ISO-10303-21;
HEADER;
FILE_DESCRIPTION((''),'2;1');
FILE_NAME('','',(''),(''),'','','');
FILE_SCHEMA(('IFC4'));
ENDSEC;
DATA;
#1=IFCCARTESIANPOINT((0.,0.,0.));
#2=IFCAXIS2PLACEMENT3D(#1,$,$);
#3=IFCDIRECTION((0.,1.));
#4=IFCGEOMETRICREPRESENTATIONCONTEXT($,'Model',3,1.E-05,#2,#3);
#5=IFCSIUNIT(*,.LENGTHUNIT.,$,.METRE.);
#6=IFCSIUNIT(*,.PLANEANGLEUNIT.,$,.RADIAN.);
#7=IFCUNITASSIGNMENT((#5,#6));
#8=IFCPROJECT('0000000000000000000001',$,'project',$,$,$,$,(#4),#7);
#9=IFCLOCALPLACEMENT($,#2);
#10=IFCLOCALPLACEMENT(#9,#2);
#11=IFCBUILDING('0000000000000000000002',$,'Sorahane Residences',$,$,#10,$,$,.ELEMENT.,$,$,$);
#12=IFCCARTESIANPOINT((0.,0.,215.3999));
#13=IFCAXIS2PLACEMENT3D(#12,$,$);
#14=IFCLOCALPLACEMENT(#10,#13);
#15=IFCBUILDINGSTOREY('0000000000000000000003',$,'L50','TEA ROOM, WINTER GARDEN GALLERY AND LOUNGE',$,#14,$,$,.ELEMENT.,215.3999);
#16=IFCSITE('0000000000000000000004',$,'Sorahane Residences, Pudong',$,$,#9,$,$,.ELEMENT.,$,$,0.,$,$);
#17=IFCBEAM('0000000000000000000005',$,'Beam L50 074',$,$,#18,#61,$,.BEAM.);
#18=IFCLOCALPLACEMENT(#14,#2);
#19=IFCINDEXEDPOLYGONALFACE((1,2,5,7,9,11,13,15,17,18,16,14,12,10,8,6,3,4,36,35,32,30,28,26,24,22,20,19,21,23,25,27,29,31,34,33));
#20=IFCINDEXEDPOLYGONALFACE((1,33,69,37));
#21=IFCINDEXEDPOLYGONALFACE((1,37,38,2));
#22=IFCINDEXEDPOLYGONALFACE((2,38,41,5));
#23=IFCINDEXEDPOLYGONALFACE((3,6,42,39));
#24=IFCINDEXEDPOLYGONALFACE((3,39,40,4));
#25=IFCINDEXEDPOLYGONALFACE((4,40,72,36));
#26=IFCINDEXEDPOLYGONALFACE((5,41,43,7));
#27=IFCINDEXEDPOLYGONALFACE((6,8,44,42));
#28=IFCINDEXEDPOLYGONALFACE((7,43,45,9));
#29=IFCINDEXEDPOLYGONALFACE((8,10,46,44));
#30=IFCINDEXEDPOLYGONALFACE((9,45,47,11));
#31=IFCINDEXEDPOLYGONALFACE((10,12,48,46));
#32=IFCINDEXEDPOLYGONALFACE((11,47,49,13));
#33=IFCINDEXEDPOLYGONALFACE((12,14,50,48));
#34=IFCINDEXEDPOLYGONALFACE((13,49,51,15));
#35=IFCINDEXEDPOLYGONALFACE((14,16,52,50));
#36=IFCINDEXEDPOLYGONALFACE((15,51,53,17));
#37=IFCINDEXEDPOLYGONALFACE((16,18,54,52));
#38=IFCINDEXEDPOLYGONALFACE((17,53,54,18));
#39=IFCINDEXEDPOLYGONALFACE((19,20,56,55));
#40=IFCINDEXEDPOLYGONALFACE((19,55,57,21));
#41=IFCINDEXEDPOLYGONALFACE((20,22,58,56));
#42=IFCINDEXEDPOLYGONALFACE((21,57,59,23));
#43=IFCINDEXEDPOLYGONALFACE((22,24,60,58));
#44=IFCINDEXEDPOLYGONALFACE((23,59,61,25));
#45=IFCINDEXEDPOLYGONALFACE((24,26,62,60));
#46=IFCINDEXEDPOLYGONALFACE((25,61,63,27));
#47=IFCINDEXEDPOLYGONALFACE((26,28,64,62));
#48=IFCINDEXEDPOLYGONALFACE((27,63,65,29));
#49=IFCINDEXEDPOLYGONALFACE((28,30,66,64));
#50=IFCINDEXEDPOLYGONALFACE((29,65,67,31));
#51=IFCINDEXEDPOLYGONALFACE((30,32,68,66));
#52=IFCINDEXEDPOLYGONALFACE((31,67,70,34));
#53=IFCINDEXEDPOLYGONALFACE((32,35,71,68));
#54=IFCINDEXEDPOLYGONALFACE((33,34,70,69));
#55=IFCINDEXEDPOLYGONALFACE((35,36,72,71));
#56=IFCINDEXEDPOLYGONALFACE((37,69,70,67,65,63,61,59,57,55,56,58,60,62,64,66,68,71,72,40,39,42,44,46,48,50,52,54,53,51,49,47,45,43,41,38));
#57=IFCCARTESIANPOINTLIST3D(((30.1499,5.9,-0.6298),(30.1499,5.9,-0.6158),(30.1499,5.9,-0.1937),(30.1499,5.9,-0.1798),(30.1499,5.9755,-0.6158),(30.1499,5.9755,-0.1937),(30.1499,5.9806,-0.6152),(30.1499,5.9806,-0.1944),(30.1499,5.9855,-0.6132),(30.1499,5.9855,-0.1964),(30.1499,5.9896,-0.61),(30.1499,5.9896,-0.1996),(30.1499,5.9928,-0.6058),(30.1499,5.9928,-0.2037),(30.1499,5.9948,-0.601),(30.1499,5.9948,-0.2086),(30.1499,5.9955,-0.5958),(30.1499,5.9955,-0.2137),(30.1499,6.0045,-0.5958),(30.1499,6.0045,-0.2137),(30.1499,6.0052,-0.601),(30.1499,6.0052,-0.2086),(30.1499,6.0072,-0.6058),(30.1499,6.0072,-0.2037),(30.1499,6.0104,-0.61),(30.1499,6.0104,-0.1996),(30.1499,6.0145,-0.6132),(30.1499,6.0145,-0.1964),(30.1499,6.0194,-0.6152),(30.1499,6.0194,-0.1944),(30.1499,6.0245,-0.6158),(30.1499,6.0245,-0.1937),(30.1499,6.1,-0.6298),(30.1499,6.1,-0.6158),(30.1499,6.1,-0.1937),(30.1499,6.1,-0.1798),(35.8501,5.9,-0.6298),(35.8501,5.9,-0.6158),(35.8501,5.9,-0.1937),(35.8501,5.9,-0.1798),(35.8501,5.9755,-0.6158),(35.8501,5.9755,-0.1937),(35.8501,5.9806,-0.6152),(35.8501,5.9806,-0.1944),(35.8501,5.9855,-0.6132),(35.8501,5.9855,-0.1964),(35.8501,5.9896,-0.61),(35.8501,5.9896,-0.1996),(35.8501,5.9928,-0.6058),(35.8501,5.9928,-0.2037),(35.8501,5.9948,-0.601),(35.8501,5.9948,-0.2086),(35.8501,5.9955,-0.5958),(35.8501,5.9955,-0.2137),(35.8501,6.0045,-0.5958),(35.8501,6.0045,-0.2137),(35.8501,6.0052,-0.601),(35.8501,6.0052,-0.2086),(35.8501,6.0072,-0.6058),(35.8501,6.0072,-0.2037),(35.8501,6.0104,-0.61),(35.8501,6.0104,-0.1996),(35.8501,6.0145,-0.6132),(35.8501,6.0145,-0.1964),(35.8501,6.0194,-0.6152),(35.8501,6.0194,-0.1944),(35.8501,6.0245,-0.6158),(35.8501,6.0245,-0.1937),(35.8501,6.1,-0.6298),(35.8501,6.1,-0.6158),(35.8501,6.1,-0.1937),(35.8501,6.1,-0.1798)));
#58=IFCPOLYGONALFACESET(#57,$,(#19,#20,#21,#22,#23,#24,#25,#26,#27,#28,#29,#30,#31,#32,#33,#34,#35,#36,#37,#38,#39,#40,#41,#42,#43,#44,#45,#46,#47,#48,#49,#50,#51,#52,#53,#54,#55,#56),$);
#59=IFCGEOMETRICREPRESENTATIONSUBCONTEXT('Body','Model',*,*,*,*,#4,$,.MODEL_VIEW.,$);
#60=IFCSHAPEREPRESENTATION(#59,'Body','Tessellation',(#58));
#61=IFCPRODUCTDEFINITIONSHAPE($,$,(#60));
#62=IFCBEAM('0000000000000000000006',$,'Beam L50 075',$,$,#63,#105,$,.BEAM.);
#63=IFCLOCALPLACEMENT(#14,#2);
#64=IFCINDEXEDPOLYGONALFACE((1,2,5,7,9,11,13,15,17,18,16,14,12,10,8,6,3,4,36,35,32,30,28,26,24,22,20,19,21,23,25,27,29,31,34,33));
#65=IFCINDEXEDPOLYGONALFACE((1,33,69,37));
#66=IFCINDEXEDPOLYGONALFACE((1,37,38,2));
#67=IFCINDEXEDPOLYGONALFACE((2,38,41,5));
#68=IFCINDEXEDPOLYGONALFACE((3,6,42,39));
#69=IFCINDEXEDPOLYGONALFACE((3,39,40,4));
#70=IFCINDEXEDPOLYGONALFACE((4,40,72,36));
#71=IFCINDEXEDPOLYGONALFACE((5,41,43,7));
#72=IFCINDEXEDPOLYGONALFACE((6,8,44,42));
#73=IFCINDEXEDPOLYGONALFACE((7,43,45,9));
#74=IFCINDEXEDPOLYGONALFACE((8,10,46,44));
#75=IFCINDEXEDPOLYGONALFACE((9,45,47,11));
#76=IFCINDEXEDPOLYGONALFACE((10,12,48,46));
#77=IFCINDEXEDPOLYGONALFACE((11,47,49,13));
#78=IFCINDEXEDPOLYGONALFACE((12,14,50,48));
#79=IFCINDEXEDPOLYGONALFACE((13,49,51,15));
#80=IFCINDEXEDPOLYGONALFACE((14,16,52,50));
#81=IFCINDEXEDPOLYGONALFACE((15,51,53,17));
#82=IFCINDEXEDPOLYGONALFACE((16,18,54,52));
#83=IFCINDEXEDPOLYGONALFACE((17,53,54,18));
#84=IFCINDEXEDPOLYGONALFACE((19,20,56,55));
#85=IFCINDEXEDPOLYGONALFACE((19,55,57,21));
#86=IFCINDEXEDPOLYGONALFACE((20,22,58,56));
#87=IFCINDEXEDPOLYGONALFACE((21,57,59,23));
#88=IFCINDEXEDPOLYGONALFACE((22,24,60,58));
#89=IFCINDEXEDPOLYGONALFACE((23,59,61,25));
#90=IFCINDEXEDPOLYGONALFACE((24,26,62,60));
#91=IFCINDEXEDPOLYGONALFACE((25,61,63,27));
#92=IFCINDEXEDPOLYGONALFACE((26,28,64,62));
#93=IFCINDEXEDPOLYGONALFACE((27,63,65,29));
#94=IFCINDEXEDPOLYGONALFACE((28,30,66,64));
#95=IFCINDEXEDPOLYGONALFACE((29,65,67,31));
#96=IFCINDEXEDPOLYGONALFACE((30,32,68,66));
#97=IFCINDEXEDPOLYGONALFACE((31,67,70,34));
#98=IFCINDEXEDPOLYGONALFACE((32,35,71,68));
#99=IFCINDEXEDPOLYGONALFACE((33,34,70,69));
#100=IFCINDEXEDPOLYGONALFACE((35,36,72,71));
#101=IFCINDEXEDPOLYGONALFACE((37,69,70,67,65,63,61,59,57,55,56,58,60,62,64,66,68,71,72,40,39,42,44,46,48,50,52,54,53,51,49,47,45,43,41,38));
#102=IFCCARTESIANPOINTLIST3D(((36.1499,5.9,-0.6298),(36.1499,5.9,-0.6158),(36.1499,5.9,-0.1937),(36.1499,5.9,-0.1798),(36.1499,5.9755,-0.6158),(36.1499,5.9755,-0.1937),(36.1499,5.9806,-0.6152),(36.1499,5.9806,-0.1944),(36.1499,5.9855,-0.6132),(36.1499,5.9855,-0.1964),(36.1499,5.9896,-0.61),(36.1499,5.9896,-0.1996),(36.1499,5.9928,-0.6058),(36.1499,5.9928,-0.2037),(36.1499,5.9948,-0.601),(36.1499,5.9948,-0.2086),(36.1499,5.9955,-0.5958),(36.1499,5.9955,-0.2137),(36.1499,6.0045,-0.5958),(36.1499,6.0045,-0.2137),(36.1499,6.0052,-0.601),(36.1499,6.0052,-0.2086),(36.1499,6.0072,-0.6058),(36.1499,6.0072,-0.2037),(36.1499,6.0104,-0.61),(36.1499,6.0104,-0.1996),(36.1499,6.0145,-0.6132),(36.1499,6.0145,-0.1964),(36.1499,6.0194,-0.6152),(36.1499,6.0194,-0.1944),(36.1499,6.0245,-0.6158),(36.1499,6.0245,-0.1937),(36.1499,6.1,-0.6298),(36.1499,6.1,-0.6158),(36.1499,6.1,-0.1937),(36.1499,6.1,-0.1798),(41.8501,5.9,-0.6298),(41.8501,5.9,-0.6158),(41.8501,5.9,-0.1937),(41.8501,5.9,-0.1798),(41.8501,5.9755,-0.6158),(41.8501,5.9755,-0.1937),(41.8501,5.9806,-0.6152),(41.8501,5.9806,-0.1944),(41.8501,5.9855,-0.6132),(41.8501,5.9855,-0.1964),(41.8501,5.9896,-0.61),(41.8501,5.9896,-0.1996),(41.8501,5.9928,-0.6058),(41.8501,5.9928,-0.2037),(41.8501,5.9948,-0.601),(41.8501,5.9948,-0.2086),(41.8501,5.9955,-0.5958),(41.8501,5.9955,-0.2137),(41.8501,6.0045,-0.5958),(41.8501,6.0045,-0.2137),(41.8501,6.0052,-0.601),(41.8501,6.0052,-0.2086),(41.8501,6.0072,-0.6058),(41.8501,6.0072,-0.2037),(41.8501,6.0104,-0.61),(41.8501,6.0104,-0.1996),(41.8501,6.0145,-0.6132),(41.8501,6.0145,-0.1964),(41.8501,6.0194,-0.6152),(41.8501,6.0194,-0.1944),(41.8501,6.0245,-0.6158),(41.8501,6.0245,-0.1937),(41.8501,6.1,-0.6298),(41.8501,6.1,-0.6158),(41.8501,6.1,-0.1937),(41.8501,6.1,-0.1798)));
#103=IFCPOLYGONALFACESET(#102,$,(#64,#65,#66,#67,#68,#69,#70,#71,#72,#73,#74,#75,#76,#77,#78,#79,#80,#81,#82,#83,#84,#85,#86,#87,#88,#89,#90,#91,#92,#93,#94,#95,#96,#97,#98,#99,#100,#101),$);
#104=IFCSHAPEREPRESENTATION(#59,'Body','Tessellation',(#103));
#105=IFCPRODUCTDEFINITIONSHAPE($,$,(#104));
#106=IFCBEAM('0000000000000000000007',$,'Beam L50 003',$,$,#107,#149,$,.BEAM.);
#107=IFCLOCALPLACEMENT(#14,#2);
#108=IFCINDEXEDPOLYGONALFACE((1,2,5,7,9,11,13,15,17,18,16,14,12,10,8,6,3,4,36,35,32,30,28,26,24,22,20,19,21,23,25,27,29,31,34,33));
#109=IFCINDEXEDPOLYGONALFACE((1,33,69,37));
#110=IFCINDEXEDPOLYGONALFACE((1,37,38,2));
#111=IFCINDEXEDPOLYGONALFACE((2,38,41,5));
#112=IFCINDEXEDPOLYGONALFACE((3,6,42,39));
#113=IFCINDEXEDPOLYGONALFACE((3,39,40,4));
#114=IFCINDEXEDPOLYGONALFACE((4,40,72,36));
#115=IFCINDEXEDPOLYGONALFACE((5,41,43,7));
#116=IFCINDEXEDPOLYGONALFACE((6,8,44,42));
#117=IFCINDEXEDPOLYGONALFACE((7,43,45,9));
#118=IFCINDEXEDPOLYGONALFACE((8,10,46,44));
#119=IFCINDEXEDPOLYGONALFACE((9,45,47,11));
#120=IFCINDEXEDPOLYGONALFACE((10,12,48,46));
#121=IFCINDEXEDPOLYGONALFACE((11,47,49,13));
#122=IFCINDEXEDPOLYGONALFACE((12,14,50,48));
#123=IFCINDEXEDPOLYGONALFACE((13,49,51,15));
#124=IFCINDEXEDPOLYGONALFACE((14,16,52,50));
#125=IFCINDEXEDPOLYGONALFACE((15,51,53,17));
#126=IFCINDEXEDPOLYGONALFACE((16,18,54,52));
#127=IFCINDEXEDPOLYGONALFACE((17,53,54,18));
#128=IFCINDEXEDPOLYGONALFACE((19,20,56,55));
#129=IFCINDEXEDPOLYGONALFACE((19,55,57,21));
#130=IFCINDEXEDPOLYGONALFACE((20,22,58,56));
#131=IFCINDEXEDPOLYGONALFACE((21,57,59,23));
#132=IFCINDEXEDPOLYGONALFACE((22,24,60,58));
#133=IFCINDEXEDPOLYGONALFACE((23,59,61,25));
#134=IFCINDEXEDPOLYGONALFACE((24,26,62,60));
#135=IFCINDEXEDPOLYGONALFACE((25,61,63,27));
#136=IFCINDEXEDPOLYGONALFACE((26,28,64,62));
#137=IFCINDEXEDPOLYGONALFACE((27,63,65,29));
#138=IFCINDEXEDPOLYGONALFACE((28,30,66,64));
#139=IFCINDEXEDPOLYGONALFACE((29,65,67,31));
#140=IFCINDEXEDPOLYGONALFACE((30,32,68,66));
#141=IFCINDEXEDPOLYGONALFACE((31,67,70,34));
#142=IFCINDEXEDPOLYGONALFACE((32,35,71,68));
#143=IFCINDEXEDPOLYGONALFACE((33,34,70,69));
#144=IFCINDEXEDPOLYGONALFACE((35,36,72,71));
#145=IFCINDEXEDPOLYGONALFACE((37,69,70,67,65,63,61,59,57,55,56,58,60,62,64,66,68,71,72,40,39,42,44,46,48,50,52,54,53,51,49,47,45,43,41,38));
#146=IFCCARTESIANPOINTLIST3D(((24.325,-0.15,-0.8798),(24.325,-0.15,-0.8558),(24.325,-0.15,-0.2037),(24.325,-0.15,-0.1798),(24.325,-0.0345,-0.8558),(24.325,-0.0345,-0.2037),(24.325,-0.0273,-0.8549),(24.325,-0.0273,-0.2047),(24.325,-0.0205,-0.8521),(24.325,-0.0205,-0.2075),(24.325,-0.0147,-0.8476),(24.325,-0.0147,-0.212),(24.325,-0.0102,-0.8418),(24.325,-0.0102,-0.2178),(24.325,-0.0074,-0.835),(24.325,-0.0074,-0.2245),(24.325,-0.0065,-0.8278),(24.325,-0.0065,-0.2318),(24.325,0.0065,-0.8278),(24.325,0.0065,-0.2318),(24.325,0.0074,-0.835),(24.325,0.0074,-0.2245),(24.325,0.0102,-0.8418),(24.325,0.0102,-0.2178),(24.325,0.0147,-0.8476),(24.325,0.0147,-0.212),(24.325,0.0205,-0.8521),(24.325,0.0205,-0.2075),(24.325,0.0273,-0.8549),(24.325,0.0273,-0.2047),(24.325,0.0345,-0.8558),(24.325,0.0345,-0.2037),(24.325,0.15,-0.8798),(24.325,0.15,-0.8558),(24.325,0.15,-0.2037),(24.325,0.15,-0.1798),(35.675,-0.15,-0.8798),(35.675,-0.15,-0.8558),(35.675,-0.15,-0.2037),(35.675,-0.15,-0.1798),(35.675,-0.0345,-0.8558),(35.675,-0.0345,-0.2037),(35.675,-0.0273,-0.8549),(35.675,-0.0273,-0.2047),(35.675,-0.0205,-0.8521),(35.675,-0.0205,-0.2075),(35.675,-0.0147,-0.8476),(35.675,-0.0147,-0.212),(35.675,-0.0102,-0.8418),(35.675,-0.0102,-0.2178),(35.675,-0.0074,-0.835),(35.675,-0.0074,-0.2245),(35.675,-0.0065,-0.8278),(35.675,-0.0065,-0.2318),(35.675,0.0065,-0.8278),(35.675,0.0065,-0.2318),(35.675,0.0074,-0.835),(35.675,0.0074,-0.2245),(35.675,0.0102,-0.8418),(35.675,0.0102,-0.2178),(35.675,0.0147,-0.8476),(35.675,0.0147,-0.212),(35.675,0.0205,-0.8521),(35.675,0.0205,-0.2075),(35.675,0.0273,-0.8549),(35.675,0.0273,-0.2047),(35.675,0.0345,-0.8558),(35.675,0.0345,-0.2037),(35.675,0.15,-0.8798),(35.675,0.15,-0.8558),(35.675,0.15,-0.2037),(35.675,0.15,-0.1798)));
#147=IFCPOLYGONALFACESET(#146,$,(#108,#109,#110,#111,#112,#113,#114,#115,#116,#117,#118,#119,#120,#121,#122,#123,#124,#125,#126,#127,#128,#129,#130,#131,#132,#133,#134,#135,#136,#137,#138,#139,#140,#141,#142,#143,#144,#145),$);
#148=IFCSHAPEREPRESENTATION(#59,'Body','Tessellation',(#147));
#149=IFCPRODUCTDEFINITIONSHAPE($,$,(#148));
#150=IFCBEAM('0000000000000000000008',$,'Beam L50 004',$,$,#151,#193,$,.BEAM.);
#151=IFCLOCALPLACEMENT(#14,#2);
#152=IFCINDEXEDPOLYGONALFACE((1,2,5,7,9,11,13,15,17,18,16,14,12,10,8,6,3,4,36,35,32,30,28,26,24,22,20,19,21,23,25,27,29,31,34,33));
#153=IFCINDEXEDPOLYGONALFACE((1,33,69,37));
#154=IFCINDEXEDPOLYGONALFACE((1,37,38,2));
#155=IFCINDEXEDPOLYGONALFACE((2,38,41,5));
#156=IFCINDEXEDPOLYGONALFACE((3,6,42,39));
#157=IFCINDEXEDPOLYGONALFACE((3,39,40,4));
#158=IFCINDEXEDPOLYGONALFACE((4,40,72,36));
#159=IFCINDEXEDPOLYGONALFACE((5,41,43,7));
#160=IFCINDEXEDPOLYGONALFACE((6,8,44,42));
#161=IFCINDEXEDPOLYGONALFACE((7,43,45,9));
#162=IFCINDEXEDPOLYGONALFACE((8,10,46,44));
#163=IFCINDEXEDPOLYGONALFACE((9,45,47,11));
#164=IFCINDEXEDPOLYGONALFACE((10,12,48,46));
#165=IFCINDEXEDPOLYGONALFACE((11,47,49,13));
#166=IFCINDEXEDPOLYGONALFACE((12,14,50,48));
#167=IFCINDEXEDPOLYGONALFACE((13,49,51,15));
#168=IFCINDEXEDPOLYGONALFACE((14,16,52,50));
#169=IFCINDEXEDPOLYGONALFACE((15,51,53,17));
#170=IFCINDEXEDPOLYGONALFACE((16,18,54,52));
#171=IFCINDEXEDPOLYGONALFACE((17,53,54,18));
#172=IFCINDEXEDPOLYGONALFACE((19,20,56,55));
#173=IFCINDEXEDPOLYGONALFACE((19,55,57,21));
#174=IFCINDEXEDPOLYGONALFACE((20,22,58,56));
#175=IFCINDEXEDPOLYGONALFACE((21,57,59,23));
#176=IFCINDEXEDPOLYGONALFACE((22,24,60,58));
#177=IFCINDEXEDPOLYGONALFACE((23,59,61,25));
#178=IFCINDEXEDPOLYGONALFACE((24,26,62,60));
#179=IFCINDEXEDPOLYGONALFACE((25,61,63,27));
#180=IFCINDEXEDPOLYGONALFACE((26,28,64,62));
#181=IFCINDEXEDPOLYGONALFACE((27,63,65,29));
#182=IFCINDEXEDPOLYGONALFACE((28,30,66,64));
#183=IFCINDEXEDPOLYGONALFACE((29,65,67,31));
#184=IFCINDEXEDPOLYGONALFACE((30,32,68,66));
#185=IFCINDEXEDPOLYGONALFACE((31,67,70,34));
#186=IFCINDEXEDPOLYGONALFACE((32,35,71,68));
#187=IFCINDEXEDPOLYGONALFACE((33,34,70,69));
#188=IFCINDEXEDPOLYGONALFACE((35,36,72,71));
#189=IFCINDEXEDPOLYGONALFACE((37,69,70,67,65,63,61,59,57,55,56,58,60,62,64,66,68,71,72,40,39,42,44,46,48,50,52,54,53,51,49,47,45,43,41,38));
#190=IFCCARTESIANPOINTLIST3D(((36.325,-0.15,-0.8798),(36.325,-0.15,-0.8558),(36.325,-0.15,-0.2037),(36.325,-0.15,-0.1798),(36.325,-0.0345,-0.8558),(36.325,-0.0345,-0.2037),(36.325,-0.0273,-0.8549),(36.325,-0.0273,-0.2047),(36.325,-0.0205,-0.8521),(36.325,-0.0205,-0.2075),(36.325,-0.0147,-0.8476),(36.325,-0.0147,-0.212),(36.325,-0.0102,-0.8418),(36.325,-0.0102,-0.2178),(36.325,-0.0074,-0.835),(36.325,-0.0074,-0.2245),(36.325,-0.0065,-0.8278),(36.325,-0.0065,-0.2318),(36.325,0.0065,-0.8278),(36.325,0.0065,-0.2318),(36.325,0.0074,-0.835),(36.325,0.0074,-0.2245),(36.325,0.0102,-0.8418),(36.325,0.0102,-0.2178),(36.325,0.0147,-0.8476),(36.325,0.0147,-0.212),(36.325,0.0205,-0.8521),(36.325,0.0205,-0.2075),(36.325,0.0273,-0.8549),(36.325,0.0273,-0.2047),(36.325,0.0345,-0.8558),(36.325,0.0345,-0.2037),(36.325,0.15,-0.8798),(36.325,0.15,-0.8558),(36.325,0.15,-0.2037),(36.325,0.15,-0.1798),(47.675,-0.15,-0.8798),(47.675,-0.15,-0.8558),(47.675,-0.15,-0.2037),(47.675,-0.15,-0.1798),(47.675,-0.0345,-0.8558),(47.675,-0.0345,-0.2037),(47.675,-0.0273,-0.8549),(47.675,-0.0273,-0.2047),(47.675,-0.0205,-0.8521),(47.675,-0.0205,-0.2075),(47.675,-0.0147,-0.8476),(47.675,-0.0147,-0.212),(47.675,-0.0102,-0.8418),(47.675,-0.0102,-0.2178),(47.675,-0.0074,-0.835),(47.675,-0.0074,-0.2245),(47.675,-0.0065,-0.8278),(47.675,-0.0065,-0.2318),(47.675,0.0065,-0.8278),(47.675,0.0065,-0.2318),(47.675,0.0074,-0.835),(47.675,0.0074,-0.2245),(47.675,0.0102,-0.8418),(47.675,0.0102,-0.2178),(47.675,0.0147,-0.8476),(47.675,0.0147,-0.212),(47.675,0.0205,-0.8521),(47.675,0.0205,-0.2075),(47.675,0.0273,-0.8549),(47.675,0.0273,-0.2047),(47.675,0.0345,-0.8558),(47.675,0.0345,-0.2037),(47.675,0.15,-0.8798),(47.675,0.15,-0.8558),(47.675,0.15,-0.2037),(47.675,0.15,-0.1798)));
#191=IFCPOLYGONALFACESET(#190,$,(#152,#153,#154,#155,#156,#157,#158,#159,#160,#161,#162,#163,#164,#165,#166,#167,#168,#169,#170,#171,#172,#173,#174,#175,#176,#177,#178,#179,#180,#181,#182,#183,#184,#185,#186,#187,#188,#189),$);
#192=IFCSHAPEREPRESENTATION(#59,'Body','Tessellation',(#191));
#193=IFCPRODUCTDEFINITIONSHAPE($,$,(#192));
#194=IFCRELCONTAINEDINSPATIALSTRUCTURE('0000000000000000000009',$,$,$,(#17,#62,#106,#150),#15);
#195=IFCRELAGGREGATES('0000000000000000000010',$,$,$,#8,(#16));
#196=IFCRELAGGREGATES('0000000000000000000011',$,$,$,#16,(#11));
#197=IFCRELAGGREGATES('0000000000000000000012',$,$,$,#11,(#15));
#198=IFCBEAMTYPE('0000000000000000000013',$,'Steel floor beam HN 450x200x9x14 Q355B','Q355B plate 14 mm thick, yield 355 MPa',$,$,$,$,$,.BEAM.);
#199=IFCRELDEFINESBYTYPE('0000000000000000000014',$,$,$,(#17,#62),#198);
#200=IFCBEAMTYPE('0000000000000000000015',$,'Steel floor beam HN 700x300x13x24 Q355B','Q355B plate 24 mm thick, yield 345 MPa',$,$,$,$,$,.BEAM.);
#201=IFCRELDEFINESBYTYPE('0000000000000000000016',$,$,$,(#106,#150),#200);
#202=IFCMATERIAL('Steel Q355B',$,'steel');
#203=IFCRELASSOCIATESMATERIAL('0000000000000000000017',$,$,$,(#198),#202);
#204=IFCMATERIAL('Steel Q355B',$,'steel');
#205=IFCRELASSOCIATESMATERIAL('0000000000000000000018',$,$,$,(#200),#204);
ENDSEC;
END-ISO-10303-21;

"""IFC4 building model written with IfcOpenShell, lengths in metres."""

from ifc_helpers import new_model, si_unit, direction, frame, origin, origin_2d, place, context, subcontext, project, spatial, i_section, extrude, material, material_profile, profile_set, type_object, element, save


model = new_model("IFC4")

# Units and contexts
model_context = context("Model", 3, precision=1e-05, world=origin(), true_north=direction((0.0, 1.0)))
body_context = subcontext(model_context, "Body", "Model", "MODEL_VIEW")
ifc_project = project(units=[si_unit("LENGTHUNIT", "METRE"), si_unit("PLANEANGLEUNIT", "RADIAN")], contexts=[model_context])

# Site, building, storey
site_placement = place(None, origin())
site = spatial("IfcSite", under=ifc_project, at=site_placement, Name="Sorahane Residences, Pudong", CompositionType="ELEMENT", RefElevation=0.0)
building_placement = place(site_placement, origin())
building = spatial("IfcBuilding", under=site, at=building_placement, Name="Sorahane Residences", CompositionType="ELEMENT")
storey_placement = place(building_placement, frame((0.0, 0.0, 215.3999)))
storey = spatial("IfcBuildingStorey", under=building, at=storey_placement, Name="L50", Description="TEA ROOM, WINTER GARDEN GALLERY AND LOUNGE", CompositionType="ELEMENT", Elevation=215.3999)

# Beams
ifc_material_1 = material(Name="Steel Q355B", Category="steel")
ifc_material_profile_1 = material_profile(ifc_material_1, i_section(OverallWidth=0.2, OverallDepth=0.45, WebThickness=0.009, FlangeThickness=0.0139, FilletRadius=0.02, at=origin_2d()), Name="HN 450x200x9x14")
ifc_profile_set_1 = profile_set([ifc_material_profile_1], Name="Steel Q355B")
beam_type_1 = type_object("IfcBeamType", Name="Steel floor beam HN 450x200x9x14 Q355B", Description="Q355B plate 14 mm thick, yield 355 MPa", PredefinedType="BEAM", material=ifc_profile_set_1)
for number, where, z_axis, x_axis, name in (
    (1, (30.1499, 6.0, -0.4048), (1.0, 0.0, 0.0), (0.0, 1.0, 0.0), "Beam L50 074"),
    (2, (36.1499, 6.0, -0.4048), (1.0, 0.0, 0.0), (0.0, 1.0, 0.0), "Beam L50 075"),
):
    element("IfcBeam", number, at=place(storey_placement, frame(where, z_axis=z_axis, x_axis=x_axis)), inside=storey, type_object=beam_type_1, Name=name, PredefinedType="BEAM", context=body_context, shape_type="SweptSolid", body=[
        extrude(i_section(OverallWidth=0.2, OverallDepth=0.45, WebThickness=0.009, FlangeThickness=0.0139, FilletRadius=0.02, at=origin_2d()), origin(), (0.0, 0.0, 1.0), 5.7002),
    ])
ifc_material_2 = material(Name="Steel Q355B", Category="steel")
ifc_material_profile_2 = material_profile(ifc_material_2, i_section(OverallWidth=0.3, OverallDepth=0.7, WebThickness=0.0129, FlangeThickness=0.0239, FilletRadius=0.0281, at=origin_2d()), Name="HN 700x300x13x24")
ifc_profile_set_2 = profile_set([ifc_material_profile_2], Name="Steel Q355B")
beam_type_2 = type_object("IfcBeamType", Name="Steel floor beam HN 700x300x13x24 Q355B", Description="Q355B plate 24 mm thick, yield 345 MPa", PredefinedType="BEAM", material=ifc_profile_set_2)
for number, where, z_axis, x_axis, name in (
    (3, (24.325, 0.0, -0.5298), (1.0, 0.0, 0.0), (0.0, 1.0, 0.0), "Beam L50 003"),
    (4, (36.325, 0.0, -0.5298), (1.0, 0.0, 0.0), (0.0, 1.0, 0.0), "Beam L50 004"),
):
    element("IfcBeam", number, at=place(storey_placement, frame(where, z_axis=z_axis, x_axis=x_axis)), inside=storey, type_object=beam_type_2, Name=name, PredefinedType="BEAM", context=body_context, shape_type="SweptSolid", body=[
        extrude(i_section(OverallWidth=0.3, OverallDepth=0.7, WebThickness=0.0129, FlangeThickness=0.0239, FilletRadius=0.0281, at=origin_2d()), origin(), (0.0, 0.0, 1.0), 11.3501),
    ])

save(model, "model.ifc")
